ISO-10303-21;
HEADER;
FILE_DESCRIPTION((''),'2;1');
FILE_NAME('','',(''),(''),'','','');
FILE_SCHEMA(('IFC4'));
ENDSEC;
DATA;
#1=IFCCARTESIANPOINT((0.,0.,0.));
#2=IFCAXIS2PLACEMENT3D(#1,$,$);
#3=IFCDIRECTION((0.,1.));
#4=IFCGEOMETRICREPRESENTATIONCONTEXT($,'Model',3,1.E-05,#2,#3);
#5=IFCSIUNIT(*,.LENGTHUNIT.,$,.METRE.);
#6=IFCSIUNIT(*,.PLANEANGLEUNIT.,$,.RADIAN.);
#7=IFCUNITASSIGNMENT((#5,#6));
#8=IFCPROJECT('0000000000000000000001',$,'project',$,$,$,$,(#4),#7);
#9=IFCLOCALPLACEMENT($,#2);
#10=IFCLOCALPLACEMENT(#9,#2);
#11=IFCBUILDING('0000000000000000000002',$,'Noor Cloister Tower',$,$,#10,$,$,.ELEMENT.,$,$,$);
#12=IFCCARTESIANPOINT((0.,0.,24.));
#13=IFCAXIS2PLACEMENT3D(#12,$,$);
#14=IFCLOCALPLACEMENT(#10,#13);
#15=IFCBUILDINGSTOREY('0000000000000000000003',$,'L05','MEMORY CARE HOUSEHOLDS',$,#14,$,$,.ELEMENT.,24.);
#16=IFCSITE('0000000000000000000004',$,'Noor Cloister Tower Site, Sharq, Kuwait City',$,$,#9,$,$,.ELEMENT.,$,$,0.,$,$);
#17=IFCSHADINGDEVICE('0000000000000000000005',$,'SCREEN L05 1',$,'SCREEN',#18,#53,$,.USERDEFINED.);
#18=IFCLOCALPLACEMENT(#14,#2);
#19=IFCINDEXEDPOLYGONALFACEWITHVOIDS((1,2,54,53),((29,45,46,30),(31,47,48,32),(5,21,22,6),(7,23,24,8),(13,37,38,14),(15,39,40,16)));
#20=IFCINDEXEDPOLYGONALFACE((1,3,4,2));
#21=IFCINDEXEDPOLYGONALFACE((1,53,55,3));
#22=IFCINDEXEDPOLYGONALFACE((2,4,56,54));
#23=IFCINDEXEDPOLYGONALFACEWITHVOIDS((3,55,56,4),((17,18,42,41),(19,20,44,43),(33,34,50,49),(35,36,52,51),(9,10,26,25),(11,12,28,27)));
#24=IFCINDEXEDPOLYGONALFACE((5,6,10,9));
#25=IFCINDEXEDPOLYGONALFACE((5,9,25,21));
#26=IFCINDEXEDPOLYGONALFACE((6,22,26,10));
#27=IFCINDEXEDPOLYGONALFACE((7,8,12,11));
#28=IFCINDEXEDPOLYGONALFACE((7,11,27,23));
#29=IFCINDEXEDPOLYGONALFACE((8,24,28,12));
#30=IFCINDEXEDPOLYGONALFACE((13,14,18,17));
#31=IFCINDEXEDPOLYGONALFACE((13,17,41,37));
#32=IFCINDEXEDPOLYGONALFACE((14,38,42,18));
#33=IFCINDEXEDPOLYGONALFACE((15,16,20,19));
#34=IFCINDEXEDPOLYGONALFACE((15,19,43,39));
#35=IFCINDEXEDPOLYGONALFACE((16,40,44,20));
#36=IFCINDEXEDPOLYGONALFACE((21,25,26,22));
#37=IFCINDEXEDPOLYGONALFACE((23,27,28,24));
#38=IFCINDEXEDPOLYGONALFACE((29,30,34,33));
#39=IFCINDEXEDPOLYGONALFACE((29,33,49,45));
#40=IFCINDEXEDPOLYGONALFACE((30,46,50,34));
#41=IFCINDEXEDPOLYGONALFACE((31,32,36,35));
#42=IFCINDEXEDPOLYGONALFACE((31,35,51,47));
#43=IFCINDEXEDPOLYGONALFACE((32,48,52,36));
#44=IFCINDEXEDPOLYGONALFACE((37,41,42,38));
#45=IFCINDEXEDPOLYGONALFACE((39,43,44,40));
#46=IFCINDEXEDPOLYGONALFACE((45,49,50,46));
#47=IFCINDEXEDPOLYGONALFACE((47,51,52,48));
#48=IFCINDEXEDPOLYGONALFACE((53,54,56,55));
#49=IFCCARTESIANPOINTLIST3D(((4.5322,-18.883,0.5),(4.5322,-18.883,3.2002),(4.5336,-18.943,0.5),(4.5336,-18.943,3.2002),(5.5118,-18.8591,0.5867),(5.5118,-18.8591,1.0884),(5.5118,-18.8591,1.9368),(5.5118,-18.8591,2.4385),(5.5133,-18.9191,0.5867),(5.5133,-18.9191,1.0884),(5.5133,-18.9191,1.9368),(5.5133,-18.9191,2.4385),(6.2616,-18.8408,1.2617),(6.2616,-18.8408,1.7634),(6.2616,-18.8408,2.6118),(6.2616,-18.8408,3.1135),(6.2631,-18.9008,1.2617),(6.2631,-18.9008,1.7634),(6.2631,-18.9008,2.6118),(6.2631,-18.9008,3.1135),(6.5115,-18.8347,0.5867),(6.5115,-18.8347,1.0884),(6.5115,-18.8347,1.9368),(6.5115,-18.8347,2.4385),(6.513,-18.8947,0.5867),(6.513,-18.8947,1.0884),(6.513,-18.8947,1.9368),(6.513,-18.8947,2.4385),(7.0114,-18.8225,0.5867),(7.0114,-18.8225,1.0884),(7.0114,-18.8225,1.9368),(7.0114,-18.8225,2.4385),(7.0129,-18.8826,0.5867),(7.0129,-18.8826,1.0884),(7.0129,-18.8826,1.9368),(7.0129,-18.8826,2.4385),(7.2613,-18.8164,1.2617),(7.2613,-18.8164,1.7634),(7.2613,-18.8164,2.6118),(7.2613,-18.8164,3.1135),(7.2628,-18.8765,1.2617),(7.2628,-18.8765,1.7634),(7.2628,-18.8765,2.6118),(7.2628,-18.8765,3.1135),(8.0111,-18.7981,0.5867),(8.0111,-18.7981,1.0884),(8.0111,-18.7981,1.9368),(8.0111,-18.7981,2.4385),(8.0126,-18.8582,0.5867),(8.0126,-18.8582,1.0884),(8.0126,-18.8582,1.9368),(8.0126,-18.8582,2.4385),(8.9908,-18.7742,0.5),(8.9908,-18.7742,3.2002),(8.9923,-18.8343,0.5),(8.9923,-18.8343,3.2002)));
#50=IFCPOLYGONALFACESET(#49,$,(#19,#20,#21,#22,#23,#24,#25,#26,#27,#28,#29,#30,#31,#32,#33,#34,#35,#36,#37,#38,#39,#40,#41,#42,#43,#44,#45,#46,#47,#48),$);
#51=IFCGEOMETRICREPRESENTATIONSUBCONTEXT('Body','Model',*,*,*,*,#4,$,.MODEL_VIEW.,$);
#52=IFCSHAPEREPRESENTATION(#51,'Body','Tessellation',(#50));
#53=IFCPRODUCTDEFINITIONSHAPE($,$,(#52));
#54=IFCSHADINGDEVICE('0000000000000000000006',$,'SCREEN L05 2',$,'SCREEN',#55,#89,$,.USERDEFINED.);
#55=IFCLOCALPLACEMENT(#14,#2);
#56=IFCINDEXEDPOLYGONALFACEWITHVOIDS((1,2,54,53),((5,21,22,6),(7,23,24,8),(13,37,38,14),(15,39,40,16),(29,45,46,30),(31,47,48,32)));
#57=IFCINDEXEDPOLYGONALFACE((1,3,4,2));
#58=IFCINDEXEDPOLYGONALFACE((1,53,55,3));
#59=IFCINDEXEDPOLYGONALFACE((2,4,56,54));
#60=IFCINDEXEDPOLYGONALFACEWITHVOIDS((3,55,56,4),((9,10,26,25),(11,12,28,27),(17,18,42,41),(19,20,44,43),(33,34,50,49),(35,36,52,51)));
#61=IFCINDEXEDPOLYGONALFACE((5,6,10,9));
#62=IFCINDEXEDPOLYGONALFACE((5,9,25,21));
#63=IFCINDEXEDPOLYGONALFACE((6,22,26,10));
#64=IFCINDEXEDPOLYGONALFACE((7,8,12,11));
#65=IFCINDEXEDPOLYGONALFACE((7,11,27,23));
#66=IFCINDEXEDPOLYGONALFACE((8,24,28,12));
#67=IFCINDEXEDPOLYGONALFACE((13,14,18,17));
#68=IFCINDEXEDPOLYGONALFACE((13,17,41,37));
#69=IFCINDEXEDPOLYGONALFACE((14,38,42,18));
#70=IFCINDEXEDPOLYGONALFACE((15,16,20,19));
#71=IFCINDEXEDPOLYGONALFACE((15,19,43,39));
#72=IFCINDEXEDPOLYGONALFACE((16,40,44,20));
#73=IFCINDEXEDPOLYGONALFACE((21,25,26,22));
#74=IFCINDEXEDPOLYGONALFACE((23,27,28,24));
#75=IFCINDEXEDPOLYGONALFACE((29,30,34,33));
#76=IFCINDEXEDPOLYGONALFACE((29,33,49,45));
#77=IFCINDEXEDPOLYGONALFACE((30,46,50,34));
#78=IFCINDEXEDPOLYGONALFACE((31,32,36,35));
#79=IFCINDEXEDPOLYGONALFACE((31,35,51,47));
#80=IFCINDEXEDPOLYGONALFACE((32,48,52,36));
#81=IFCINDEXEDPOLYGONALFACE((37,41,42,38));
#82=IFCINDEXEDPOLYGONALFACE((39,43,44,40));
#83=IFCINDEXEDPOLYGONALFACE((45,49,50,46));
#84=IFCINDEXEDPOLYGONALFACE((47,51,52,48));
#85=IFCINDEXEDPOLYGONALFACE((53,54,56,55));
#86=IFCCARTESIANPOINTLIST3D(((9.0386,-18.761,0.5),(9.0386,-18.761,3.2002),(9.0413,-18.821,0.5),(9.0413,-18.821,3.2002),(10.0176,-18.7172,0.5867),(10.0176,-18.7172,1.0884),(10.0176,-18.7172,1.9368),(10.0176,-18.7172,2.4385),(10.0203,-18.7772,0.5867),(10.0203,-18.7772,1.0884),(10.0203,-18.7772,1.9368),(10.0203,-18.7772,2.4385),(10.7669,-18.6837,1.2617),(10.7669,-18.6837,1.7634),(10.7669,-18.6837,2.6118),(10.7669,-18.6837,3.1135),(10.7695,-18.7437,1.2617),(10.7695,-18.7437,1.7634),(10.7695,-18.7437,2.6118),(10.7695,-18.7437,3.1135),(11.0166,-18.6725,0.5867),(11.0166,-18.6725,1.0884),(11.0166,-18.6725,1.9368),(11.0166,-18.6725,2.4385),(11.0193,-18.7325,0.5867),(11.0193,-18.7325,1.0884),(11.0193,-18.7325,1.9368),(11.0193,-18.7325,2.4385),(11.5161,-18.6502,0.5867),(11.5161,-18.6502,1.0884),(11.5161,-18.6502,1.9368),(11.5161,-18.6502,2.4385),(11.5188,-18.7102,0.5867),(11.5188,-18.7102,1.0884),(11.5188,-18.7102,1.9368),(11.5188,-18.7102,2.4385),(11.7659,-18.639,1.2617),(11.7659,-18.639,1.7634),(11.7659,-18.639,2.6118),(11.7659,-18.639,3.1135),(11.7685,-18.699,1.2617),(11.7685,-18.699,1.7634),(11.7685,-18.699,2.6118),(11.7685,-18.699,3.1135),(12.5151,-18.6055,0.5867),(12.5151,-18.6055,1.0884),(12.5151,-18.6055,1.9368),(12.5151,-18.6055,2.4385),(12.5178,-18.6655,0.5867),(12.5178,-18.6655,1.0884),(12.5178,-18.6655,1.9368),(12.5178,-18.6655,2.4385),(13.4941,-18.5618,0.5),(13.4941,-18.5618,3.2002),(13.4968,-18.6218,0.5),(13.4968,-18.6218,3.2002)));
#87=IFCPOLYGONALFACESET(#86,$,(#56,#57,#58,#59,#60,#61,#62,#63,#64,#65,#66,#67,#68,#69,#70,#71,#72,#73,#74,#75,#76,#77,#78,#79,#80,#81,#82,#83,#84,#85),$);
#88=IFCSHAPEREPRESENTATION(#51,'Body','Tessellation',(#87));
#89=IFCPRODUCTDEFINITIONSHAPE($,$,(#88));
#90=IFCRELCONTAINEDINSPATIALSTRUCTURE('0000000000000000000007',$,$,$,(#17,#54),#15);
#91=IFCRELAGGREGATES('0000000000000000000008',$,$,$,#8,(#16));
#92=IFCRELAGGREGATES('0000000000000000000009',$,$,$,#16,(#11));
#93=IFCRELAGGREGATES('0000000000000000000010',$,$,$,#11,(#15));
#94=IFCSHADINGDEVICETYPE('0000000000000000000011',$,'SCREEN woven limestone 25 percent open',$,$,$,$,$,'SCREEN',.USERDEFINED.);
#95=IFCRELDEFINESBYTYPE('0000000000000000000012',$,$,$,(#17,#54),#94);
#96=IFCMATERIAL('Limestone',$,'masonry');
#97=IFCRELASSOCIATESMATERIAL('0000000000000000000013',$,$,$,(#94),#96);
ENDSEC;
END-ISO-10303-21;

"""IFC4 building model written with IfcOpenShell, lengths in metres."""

from ifc_helpers import new_model, si_unit, direction, frame, origin, place, context, subcontext, project, spatial, polyline, outline, extrude, material, material_profile, profile_set, type_object, element, save


model = new_model("IFC4")

# Units and contexts
model_context = context("Model", 3, precision=1e-05, world=origin(), true_north=direction((0.0, 1.0)))
body_context = subcontext(model_context, "Body", "Model", "MODEL_VIEW")
ifc_project = project(units=[si_unit("LENGTHUNIT", "METRE"), si_unit("PLANEANGLEUNIT", "RADIAN")], contexts=[model_context])

# Site, building, storey
site_placement = place(None, origin())
site = spatial("IfcSite", under=ifc_project, at=site_placement, Name="Noor Cloister Tower Site, Sharq, Kuwait City", CompositionType="ELEMENT", RefElevation=0.0)
building_placement = place(site_placement, origin())
building = spatial("IfcBuilding", under=site, at=building_placement, Name="Noor Cloister Tower", CompositionType="ELEMENT")
storey_placement = place(building_placement, frame((0.0, 0.0, 24.0)))
storey = spatial("IfcBuildingStorey", under=building, at=storey_placement, Name="L05", Description="MEMORY CARE HOUSEHOLDS", CompositionType="ELEMENT", Elevation=24.0)

# Shading devices
ifc_material_1 = material(Name="Limestone", Category="masonry")
ifc_material_profile_1 = material_profile(ifc_material_1, outline(polyline([(-2.23, -1.3501), (2.23, -1.3501), (2.23, 1.3501), (-2.23, 1.3501), (-2.23, -1.3501)]), holes=[polyline([(-1.25, -1.2634), (-0.25, -1.2634), (-0.25, -0.7617), (-1.25, -0.7617), (-1.25, -1.2634)]), polyline([(0.25, -1.2634), (1.25, -1.2634), (1.25, -0.7617), (0.25, -0.7617), (0.25, -1.2634)]), polyline([(-0.5, -0.5884), (0.5, -0.5884), (0.5, -0.0867), (-0.5, -0.0867), (-0.5, -0.5884)]), polyline([(-1.25, 0.0867), (-0.25, 0.0867), (-0.25, 0.5884), (-1.25, 0.5884), (-1.25, 0.0867)]), polyline([(0.25, 0.0867), (1.25, 0.0867), (1.25, 0.5884), (0.25, 0.5884), (0.25, 0.0867)]), polyline([(-0.5, 0.7617), (0.5, 0.7617), (0.5, 1.2634), (-0.5, 1.2634), (-0.5, 0.7617)])]), Name="Woven screen 25 percent open")
ifc_profile_set_1 = profile_set([ifc_material_profile_1], Name="Limestone")
shading_device_type = type_object("IfcShadingDeviceType", Name="SCREEN woven limestone 25 percent open", ElementType="SCREEN", PredefinedType="USERDEFINED", material=ifc_profile_set_1)
for number, where, z_axis, x_axis, name in (
    (1, (6.7615, -18.8286, 1.8501), (0.024383, -0.999703, 0.0), (0.999703, 0.024383, 0.0), "SCREEN L05 1"),
    (2, (11.2664, -18.6614, 1.8501), (0.044671, -0.999002, 0.0), (0.999002, 0.044671, 0.0), "SCREEN L05 2"),
):
    element("IfcShadingDevice", number, at=place(storey_placement, frame(where, z_axis=z_axis, x_axis=x_axis)), inside=storey, type_object=shading_device_type, Name=name, ObjectType="SCREEN", PredefinedType="USERDEFINED", context=body_context, shape_type="SweptSolid", body=[
        extrude(outline(polyline([(-2.23, -1.3501), (2.23, -1.3501), (2.23, 1.3501), (-2.23, 1.3501), (-2.23, -1.3501)]), holes=[polyline([(-1.25, -1.2634), (-0.25, -1.2634), (-0.25, -0.7617), (-1.25, -0.7617), (-1.25, -1.2634)]), polyline([(0.25, -1.2634), (1.25, -1.2634), (1.25, -0.7617), (0.25, -0.7617), (0.25, -1.2634)]), polyline([(-0.5, -0.5884), (0.5, -0.5884), (0.5, -0.0867), (-0.5, -0.0867), (-0.5, -0.5884)]), polyline([(-1.25, 0.0867), (-0.25, 0.0867), (-0.25, 0.5884), (-1.25, 0.5884), (-1.25, 0.0867)]), polyline([(0.25, 0.0867), (1.25, 0.0867), (1.25, 0.5884), (0.25, 0.5884), (0.25, 0.0867)]), polyline([(-0.5, 0.7617), (0.5, 0.7617), (0.5, 1.2634), (-0.5, 1.2634), (-0.5, 0.7617)])]), origin(), (0.0, 0.0, 1.0), 0.0601),
    ])

save(model, "model.ifc")
